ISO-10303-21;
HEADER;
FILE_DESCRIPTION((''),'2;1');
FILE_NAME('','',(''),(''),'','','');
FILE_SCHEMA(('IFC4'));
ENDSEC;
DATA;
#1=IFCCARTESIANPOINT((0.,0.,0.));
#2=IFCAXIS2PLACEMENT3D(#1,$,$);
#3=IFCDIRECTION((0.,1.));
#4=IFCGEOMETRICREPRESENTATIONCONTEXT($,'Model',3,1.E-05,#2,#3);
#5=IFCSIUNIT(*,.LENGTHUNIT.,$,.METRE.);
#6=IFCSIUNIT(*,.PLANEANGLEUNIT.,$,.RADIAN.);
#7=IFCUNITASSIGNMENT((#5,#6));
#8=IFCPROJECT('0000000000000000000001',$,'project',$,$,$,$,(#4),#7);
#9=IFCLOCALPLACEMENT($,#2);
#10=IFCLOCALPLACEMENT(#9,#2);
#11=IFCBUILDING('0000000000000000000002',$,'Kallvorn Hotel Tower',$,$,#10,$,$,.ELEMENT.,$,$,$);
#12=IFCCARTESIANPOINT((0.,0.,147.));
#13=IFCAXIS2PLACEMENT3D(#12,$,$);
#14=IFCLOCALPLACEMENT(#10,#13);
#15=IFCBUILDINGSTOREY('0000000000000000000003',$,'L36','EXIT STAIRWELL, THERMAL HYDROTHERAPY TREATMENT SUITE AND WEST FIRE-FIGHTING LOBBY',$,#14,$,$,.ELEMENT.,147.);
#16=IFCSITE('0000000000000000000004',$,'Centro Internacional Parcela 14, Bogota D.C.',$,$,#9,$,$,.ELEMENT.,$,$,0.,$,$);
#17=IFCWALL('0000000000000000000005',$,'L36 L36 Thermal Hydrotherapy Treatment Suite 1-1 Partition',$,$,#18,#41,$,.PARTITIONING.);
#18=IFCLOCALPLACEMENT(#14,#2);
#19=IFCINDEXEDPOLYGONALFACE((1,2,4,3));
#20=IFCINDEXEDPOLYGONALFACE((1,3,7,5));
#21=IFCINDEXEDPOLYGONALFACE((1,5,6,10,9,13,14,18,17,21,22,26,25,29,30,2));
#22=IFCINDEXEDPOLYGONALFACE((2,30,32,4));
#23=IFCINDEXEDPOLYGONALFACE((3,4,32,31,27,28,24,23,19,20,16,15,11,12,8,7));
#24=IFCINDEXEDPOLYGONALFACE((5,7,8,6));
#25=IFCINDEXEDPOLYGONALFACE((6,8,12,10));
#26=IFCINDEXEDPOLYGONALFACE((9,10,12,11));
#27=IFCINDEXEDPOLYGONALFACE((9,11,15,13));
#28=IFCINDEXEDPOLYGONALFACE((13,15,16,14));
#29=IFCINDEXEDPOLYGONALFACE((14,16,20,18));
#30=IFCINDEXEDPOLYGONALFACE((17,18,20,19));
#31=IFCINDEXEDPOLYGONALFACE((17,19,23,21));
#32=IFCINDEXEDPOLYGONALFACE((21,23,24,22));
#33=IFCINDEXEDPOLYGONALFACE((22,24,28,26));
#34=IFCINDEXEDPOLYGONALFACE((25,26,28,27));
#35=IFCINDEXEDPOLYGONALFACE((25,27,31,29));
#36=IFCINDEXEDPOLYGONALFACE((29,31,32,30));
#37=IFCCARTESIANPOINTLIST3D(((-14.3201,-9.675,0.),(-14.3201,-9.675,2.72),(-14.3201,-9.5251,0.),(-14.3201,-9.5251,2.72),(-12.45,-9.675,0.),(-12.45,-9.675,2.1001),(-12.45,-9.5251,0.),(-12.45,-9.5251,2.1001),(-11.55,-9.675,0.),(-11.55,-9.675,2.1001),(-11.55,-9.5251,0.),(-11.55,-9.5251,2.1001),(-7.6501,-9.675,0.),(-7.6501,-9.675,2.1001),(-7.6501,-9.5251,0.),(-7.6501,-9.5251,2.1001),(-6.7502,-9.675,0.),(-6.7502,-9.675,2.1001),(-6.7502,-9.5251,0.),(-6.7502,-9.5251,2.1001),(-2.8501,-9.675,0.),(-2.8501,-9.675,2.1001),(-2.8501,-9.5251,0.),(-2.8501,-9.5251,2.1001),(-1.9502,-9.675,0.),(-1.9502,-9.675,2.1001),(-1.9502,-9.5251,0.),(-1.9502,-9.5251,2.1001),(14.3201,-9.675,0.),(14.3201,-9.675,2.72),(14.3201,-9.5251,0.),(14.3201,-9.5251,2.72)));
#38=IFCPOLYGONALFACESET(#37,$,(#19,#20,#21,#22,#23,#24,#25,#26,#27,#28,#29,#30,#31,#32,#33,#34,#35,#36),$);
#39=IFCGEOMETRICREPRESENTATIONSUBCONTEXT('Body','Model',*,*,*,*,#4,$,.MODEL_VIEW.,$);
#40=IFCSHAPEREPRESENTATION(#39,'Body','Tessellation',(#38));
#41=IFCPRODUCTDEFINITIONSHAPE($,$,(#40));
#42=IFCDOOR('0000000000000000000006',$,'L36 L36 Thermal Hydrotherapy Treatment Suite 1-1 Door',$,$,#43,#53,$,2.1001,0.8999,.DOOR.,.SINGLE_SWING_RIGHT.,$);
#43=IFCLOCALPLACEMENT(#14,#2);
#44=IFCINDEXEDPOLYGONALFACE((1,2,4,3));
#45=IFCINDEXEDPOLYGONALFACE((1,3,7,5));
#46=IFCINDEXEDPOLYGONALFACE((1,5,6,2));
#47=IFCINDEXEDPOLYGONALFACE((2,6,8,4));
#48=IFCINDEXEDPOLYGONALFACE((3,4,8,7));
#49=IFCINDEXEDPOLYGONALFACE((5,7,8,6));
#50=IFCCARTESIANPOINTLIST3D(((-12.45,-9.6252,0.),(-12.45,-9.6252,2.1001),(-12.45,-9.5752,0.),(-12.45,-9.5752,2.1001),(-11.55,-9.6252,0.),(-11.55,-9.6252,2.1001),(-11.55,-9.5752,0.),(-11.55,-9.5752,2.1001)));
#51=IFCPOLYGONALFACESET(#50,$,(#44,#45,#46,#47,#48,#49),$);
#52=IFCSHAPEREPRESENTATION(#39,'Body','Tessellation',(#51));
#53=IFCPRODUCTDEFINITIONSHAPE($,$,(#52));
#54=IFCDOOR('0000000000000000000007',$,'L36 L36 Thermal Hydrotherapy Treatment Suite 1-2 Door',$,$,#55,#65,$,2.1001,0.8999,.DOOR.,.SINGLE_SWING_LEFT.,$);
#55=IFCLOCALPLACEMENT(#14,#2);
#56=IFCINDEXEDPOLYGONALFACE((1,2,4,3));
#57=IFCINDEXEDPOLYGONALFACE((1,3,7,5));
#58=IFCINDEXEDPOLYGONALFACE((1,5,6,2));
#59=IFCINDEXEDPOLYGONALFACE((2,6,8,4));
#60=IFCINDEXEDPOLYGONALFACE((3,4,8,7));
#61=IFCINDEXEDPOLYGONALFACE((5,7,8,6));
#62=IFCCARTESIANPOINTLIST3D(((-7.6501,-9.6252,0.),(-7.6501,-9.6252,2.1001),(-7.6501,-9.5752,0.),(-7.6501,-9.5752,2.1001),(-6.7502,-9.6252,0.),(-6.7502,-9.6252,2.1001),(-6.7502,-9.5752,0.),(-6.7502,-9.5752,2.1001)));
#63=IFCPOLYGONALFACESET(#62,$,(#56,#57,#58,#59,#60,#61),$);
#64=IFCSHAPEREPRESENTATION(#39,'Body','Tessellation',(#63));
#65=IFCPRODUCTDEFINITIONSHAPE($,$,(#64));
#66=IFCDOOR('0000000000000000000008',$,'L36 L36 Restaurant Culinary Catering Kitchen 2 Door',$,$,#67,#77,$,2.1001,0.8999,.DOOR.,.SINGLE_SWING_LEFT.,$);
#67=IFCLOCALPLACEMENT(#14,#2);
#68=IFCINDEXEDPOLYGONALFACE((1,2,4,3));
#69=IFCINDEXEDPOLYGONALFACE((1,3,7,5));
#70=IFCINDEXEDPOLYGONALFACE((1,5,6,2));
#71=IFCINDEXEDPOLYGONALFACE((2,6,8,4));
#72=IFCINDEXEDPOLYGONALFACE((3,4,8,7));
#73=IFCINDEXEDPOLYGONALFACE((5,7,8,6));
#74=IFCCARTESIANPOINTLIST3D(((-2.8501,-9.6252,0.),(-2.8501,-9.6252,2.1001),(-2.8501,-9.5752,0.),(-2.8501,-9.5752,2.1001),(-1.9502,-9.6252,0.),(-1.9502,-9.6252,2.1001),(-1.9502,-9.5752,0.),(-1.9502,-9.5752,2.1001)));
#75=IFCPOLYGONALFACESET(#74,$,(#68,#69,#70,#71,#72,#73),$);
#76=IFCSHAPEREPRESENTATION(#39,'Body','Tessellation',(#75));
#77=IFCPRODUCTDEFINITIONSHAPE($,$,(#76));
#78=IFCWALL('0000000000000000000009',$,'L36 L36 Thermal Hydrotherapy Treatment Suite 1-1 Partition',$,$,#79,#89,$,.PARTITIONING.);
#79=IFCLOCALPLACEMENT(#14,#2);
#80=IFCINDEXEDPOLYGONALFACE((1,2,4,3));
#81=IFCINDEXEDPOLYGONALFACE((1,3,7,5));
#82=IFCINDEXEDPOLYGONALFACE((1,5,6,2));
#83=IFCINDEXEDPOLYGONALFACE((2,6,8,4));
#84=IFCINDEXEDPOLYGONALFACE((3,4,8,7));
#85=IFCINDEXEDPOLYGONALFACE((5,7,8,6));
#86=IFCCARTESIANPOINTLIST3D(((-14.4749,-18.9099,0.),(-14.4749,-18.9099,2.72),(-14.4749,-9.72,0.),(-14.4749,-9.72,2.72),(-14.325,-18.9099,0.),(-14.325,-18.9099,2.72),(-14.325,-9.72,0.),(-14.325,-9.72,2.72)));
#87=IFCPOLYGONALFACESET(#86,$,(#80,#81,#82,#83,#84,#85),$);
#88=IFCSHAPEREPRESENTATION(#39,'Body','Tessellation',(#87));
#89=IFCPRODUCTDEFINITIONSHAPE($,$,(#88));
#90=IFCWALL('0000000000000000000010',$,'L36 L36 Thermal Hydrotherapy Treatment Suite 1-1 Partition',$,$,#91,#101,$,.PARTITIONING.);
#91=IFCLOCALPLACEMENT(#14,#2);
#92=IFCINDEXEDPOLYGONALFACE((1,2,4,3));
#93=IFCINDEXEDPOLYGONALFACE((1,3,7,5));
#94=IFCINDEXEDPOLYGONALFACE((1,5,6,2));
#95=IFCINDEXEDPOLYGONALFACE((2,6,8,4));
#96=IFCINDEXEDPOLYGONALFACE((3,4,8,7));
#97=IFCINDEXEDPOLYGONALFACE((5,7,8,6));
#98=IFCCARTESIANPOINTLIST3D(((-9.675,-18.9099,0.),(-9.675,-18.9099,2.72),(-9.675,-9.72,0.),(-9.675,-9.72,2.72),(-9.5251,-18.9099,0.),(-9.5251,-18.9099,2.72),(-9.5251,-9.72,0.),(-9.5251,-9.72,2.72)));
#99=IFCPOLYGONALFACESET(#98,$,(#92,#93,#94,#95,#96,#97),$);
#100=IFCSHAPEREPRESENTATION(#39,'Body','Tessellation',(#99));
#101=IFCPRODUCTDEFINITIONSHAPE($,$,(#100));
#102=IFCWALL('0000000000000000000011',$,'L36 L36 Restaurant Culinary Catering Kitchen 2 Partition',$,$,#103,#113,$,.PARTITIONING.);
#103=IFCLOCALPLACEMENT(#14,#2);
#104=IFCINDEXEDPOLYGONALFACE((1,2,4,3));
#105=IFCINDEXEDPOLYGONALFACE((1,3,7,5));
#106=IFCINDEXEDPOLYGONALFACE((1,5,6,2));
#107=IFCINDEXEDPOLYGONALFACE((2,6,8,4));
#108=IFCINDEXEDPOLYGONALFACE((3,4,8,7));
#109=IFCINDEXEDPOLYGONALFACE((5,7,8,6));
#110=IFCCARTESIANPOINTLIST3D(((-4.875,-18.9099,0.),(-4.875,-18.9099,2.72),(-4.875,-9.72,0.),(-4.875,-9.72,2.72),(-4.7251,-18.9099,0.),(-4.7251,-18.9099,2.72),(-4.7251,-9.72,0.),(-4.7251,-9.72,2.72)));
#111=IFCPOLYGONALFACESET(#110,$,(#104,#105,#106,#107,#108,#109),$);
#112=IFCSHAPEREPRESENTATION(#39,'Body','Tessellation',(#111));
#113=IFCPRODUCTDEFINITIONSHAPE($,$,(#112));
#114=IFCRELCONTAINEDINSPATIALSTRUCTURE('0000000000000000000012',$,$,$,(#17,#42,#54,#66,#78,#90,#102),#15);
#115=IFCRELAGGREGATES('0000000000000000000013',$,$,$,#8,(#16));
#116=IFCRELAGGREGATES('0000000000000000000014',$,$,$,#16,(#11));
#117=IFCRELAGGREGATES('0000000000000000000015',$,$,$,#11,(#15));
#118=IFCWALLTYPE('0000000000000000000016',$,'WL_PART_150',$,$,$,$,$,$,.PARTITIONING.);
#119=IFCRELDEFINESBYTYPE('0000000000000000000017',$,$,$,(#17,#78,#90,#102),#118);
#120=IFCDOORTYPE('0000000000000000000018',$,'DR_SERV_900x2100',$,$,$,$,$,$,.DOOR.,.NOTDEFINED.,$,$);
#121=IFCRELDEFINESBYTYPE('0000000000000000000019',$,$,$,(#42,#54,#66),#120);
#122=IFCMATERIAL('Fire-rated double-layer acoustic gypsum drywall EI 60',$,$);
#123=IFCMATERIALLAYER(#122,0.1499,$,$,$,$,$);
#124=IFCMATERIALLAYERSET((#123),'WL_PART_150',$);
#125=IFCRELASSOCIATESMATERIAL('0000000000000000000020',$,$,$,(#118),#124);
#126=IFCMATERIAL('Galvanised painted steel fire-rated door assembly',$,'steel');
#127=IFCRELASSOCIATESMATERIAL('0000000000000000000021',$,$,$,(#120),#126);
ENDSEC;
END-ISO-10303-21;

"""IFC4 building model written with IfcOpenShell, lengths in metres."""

from ifc_helpers import new_model, si_unit, direction, frame, frame_2d, origin, place, context, subcontext, project, spatial, rectangle, extrude, material, layer, layer_set, type_object, element, fill, save


model = new_model("IFC4")

# Units and contexts
model_context = context("Model", 3, precision=1e-05, world=origin(), true_north=direction((0.0, 1.0)))
body_context = subcontext(model_context, "Body", "Model", "MODEL_VIEW")
ifc_project = project(units=[si_unit("LENGTHUNIT", "METRE"), si_unit("PLANEANGLEUNIT", "RADIAN")], contexts=[model_context])

# Site, building, storey
site_placement = place(None, origin())
site = spatial("IfcSite", under=ifc_project, at=site_placement, Name="Centro Internacional Parcela 14, Bogota D.C.", CompositionType="ELEMENT", RefElevation=0.0)
building_placement = place(site_placement, origin())
building = spatial("IfcBuilding", under=site, at=building_placement, Name="Kallvorn Hotel Tower", CompositionType="ELEMENT")
storey_placement = place(building_placement, frame((0.0, 0.0, 147.0)))
storey = spatial("IfcBuildingStorey", under=building, at=storey_placement, Name="L36", Description="EXIT STAIRWELL, THERMAL HYDROTHERAPY TREATMENT SUITE AND WEST FIRE-FIGHTING LOBBY", CompositionType="ELEMENT", Elevation=147.0)

# Wall, openings, doors
ifc_material_1 = material(Name="Fire-rated double-layer acoustic gypsum drywall EI 60")
ifc_layer_1 = layer(ifc_material_1, 0.1499)
ifc_layer_set_1 = layer_set([ifc_layer_1], Name="WL_PART_150")
wall_type = type_object("IfcWallType", Name="WL_PART_150", PredefinedType="PARTITIONING", material=ifc_layer_set_1)
wall_placement = place(storey_placement, frame((-14.3201, -9.6001, 0.0), z_axis=(0.0, 0.0, 1.0), x_axis=(1.0, 0.0, 0.0)))
wall = element("IfcWall", 1, at=wall_placement, inside=storey, type_object=wall_type, Name="L36 L36 Thermal Hydrotherapy Treatment Suite 1-1 Partition", PredefinedType="PARTITIONING", context=body_context, shape_type="SweptSolid", body=[
    extrude(rectangle(XDim=28.6401, YDim=0.1499, at=frame_2d((14.3201, 0.0))), origin(), (0.0, 0.0, 1.0), 2.72),
])
opening_1_placement = place(wall_placement, frame((1.8701, 0.0, 0.0)))
opening_1 = element("IfcOpeningElement", 2, at=opening_1_placement, cuts=wall, PredefinedType="OPENING", context=body_context, shape_type="SweptSolid", body=[
    extrude(rectangle(XDim=0.8999, YDim=2.1001, at=frame_2d((0.45, 1.05))), frame((0.0, 0.0898, 0.0), z_axis=(0.0, -1.0, 0.0), x_axis=(1.0, 0.0, 0.0)), (0.0, 0.0, 1.0), 0.1799),
])
opening_2_placement = place(wall_placement, frame((6.6699, 0.0, 0.0)))
opening_2 = element("IfcOpeningElement", 3, at=opening_2_placement, cuts=wall, PredefinedType="OPENING", context=body_context, shape_type="SweptSolid", body=[
    extrude(rectangle(XDim=0.8999, YDim=2.1001, at=frame_2d((0.45, 1.05))), frame((0.0, 0.0898, 0.0), z_axis=(0.0, -1.0, 0.0), x_axis=(1.0, 0.0, 0.0)), (0.0, 0.0, 1.0), 0.1799),
])
opening_3_placement = place(wall_placement, frame((11.47, 0.0, 0.0)))
opening_3 = element("IfcOpeningElement", 4, at=opening_3_placement, cuts=wall, PredefinedType="OPENING", context=body_context, shape_type="SweptSolid", body=[
    extrude(rectangle(XDim=0.8999, YDim=2.1001, at=frame_2d((0.45, 1.05))), frame((0.0, 0.0898, 0.0), z_axis=(0.0, -1.0, 0.0), x_axis=(1.0, 0.0, 0.0)), (0.0, 0.0, 1.0), 0.1799),
])
ifc_material_2 = material(Name="Galvanised painted steel fire-rated door assembly", Category="steel")
door_type = type_object("IfcDoorType", Name="DR_SERV_900x2100", OperationType="NOTDEFINED", PredefinedType="DOOR", material=ifc_material_2)
door_1_placement = place(opening_1_placement, origin())
door_1 = element("IfcDoor", 5, at=door_1_placement, inside=storey, type_object=door_type, Name="L36 L36 Thermal Hydrotherapy Treatment Suite 1-1 Door", OperationType="SINGLE_SWING_RIGHT", OverallHeight=2.1001, OverallWidth=0.8999, PredefinedType="DOOR", context=body_context, shape_type="SweptSolid", body=[
    extrude(rectangle(XDim=0.8999, YDim=2.1001, at=frame_2d((0.45, 1.05))), frame((0.0, 0.0249, 0.0), z_axis=(0.0, -1.0, 0.0), x_axis=(1.0, 0.0, 0.0)), (0.0, 0.0, 1.0), 0.05),
])
fill(opening_1, door_1)
door_2_placement = place(opening_2_placement, origin())
door_2 = element("IfcDoor", 6, at=door_2_placement, inside=storey, type_object=door_type, Name="L36 L36 Thermal Hydrotherapy Treatment Suite 1-2 Door", OperationType="SINGLE_SWING_LEFT", OverallHeight=2.1001, OverallWidth=0.8999, PredefinedType="DOOR", context=body_context, shape_type="SweptSolid", body=[
    extrude(rectangle(XDim=0.8999, YDim=2.1001, at=frame_2d((0.45, 1.05))), frame((0.0, 0.0249, 0.0), z_axis=(0.0, -1.0, 0.0), x_axis=(1.0, 0.0, 0.0)), (0.0, 0.0, 1.0), 0.05),
])
fill(opening_2, door_2)
door_3_placement = place(opening_3_placement, origin())
door_3 = element("IfcDoor", 7, at=door_3_placement, inside=storey, type_object=door_type, Name="L36 L36 Restaurant Culinary Catering Kitchen 2 Door", OperationType="SINGLE_SWING_LEFT", OverallHeight=2.1001, OverallWidth=0.8999, PredefinedType="DOOR", context=body_context, shape_type="SweptSolid", body=[
    extrude(rectangle(XDim=0.8999, YDim=2.1001, at=frame_2d((0.45, 1.05))), frame((0.0, 0.0249, 0.0), z_axis=(0.0, -1.0, 0.0), x_axis=(1.0, 0.0, 0.0)), (0.0, 0.0, 1.0), 0.05),
])
fill(opening_3, door_3)

# Walls
for number, where, z_axis, x_axis, name in (
    (8, (-14.3999, -18.9099, 0.0), (0.0, 0.0, 1.0), (0.0, 1.0, 0.0), "L36 L36 Thermal Hydrotherapy Treatment Suite 1-1 Partition"),
    (9, (-9.6001, -18.9099, 0.0), (0.0, 0.0, 1.0), (0.0, 1.0, 0.0), "L36 L36 Thermal Hydrotherapy Treatment Suite 1-1 Partition"),
    (10, (-4.8, -18.9099, 0.0), (0.0, 0.0, 1.0), (0.0, 1.0, 0.0), "L36 L36 Restaurant Culinary Catering Kitchen 2 Partition"),
):
    element("IfcWall", number, at=place(storey_placement, frame(where, z_axis=z_axis, x_axis=x_axis)), inside=storey, type_object=wall_type, Name=name, PredefinedType="PARTITIONING", context=body_context, shape_type="SweptSolid", body=[
        extrude(rectangle(XDim=9.1899, YDim=0.1499, at=frame_2d((4.595, 0.0))), origin(), (0.0, 0.0, 1.0), 2.72),
    ])

save(model, "model.ifc")
